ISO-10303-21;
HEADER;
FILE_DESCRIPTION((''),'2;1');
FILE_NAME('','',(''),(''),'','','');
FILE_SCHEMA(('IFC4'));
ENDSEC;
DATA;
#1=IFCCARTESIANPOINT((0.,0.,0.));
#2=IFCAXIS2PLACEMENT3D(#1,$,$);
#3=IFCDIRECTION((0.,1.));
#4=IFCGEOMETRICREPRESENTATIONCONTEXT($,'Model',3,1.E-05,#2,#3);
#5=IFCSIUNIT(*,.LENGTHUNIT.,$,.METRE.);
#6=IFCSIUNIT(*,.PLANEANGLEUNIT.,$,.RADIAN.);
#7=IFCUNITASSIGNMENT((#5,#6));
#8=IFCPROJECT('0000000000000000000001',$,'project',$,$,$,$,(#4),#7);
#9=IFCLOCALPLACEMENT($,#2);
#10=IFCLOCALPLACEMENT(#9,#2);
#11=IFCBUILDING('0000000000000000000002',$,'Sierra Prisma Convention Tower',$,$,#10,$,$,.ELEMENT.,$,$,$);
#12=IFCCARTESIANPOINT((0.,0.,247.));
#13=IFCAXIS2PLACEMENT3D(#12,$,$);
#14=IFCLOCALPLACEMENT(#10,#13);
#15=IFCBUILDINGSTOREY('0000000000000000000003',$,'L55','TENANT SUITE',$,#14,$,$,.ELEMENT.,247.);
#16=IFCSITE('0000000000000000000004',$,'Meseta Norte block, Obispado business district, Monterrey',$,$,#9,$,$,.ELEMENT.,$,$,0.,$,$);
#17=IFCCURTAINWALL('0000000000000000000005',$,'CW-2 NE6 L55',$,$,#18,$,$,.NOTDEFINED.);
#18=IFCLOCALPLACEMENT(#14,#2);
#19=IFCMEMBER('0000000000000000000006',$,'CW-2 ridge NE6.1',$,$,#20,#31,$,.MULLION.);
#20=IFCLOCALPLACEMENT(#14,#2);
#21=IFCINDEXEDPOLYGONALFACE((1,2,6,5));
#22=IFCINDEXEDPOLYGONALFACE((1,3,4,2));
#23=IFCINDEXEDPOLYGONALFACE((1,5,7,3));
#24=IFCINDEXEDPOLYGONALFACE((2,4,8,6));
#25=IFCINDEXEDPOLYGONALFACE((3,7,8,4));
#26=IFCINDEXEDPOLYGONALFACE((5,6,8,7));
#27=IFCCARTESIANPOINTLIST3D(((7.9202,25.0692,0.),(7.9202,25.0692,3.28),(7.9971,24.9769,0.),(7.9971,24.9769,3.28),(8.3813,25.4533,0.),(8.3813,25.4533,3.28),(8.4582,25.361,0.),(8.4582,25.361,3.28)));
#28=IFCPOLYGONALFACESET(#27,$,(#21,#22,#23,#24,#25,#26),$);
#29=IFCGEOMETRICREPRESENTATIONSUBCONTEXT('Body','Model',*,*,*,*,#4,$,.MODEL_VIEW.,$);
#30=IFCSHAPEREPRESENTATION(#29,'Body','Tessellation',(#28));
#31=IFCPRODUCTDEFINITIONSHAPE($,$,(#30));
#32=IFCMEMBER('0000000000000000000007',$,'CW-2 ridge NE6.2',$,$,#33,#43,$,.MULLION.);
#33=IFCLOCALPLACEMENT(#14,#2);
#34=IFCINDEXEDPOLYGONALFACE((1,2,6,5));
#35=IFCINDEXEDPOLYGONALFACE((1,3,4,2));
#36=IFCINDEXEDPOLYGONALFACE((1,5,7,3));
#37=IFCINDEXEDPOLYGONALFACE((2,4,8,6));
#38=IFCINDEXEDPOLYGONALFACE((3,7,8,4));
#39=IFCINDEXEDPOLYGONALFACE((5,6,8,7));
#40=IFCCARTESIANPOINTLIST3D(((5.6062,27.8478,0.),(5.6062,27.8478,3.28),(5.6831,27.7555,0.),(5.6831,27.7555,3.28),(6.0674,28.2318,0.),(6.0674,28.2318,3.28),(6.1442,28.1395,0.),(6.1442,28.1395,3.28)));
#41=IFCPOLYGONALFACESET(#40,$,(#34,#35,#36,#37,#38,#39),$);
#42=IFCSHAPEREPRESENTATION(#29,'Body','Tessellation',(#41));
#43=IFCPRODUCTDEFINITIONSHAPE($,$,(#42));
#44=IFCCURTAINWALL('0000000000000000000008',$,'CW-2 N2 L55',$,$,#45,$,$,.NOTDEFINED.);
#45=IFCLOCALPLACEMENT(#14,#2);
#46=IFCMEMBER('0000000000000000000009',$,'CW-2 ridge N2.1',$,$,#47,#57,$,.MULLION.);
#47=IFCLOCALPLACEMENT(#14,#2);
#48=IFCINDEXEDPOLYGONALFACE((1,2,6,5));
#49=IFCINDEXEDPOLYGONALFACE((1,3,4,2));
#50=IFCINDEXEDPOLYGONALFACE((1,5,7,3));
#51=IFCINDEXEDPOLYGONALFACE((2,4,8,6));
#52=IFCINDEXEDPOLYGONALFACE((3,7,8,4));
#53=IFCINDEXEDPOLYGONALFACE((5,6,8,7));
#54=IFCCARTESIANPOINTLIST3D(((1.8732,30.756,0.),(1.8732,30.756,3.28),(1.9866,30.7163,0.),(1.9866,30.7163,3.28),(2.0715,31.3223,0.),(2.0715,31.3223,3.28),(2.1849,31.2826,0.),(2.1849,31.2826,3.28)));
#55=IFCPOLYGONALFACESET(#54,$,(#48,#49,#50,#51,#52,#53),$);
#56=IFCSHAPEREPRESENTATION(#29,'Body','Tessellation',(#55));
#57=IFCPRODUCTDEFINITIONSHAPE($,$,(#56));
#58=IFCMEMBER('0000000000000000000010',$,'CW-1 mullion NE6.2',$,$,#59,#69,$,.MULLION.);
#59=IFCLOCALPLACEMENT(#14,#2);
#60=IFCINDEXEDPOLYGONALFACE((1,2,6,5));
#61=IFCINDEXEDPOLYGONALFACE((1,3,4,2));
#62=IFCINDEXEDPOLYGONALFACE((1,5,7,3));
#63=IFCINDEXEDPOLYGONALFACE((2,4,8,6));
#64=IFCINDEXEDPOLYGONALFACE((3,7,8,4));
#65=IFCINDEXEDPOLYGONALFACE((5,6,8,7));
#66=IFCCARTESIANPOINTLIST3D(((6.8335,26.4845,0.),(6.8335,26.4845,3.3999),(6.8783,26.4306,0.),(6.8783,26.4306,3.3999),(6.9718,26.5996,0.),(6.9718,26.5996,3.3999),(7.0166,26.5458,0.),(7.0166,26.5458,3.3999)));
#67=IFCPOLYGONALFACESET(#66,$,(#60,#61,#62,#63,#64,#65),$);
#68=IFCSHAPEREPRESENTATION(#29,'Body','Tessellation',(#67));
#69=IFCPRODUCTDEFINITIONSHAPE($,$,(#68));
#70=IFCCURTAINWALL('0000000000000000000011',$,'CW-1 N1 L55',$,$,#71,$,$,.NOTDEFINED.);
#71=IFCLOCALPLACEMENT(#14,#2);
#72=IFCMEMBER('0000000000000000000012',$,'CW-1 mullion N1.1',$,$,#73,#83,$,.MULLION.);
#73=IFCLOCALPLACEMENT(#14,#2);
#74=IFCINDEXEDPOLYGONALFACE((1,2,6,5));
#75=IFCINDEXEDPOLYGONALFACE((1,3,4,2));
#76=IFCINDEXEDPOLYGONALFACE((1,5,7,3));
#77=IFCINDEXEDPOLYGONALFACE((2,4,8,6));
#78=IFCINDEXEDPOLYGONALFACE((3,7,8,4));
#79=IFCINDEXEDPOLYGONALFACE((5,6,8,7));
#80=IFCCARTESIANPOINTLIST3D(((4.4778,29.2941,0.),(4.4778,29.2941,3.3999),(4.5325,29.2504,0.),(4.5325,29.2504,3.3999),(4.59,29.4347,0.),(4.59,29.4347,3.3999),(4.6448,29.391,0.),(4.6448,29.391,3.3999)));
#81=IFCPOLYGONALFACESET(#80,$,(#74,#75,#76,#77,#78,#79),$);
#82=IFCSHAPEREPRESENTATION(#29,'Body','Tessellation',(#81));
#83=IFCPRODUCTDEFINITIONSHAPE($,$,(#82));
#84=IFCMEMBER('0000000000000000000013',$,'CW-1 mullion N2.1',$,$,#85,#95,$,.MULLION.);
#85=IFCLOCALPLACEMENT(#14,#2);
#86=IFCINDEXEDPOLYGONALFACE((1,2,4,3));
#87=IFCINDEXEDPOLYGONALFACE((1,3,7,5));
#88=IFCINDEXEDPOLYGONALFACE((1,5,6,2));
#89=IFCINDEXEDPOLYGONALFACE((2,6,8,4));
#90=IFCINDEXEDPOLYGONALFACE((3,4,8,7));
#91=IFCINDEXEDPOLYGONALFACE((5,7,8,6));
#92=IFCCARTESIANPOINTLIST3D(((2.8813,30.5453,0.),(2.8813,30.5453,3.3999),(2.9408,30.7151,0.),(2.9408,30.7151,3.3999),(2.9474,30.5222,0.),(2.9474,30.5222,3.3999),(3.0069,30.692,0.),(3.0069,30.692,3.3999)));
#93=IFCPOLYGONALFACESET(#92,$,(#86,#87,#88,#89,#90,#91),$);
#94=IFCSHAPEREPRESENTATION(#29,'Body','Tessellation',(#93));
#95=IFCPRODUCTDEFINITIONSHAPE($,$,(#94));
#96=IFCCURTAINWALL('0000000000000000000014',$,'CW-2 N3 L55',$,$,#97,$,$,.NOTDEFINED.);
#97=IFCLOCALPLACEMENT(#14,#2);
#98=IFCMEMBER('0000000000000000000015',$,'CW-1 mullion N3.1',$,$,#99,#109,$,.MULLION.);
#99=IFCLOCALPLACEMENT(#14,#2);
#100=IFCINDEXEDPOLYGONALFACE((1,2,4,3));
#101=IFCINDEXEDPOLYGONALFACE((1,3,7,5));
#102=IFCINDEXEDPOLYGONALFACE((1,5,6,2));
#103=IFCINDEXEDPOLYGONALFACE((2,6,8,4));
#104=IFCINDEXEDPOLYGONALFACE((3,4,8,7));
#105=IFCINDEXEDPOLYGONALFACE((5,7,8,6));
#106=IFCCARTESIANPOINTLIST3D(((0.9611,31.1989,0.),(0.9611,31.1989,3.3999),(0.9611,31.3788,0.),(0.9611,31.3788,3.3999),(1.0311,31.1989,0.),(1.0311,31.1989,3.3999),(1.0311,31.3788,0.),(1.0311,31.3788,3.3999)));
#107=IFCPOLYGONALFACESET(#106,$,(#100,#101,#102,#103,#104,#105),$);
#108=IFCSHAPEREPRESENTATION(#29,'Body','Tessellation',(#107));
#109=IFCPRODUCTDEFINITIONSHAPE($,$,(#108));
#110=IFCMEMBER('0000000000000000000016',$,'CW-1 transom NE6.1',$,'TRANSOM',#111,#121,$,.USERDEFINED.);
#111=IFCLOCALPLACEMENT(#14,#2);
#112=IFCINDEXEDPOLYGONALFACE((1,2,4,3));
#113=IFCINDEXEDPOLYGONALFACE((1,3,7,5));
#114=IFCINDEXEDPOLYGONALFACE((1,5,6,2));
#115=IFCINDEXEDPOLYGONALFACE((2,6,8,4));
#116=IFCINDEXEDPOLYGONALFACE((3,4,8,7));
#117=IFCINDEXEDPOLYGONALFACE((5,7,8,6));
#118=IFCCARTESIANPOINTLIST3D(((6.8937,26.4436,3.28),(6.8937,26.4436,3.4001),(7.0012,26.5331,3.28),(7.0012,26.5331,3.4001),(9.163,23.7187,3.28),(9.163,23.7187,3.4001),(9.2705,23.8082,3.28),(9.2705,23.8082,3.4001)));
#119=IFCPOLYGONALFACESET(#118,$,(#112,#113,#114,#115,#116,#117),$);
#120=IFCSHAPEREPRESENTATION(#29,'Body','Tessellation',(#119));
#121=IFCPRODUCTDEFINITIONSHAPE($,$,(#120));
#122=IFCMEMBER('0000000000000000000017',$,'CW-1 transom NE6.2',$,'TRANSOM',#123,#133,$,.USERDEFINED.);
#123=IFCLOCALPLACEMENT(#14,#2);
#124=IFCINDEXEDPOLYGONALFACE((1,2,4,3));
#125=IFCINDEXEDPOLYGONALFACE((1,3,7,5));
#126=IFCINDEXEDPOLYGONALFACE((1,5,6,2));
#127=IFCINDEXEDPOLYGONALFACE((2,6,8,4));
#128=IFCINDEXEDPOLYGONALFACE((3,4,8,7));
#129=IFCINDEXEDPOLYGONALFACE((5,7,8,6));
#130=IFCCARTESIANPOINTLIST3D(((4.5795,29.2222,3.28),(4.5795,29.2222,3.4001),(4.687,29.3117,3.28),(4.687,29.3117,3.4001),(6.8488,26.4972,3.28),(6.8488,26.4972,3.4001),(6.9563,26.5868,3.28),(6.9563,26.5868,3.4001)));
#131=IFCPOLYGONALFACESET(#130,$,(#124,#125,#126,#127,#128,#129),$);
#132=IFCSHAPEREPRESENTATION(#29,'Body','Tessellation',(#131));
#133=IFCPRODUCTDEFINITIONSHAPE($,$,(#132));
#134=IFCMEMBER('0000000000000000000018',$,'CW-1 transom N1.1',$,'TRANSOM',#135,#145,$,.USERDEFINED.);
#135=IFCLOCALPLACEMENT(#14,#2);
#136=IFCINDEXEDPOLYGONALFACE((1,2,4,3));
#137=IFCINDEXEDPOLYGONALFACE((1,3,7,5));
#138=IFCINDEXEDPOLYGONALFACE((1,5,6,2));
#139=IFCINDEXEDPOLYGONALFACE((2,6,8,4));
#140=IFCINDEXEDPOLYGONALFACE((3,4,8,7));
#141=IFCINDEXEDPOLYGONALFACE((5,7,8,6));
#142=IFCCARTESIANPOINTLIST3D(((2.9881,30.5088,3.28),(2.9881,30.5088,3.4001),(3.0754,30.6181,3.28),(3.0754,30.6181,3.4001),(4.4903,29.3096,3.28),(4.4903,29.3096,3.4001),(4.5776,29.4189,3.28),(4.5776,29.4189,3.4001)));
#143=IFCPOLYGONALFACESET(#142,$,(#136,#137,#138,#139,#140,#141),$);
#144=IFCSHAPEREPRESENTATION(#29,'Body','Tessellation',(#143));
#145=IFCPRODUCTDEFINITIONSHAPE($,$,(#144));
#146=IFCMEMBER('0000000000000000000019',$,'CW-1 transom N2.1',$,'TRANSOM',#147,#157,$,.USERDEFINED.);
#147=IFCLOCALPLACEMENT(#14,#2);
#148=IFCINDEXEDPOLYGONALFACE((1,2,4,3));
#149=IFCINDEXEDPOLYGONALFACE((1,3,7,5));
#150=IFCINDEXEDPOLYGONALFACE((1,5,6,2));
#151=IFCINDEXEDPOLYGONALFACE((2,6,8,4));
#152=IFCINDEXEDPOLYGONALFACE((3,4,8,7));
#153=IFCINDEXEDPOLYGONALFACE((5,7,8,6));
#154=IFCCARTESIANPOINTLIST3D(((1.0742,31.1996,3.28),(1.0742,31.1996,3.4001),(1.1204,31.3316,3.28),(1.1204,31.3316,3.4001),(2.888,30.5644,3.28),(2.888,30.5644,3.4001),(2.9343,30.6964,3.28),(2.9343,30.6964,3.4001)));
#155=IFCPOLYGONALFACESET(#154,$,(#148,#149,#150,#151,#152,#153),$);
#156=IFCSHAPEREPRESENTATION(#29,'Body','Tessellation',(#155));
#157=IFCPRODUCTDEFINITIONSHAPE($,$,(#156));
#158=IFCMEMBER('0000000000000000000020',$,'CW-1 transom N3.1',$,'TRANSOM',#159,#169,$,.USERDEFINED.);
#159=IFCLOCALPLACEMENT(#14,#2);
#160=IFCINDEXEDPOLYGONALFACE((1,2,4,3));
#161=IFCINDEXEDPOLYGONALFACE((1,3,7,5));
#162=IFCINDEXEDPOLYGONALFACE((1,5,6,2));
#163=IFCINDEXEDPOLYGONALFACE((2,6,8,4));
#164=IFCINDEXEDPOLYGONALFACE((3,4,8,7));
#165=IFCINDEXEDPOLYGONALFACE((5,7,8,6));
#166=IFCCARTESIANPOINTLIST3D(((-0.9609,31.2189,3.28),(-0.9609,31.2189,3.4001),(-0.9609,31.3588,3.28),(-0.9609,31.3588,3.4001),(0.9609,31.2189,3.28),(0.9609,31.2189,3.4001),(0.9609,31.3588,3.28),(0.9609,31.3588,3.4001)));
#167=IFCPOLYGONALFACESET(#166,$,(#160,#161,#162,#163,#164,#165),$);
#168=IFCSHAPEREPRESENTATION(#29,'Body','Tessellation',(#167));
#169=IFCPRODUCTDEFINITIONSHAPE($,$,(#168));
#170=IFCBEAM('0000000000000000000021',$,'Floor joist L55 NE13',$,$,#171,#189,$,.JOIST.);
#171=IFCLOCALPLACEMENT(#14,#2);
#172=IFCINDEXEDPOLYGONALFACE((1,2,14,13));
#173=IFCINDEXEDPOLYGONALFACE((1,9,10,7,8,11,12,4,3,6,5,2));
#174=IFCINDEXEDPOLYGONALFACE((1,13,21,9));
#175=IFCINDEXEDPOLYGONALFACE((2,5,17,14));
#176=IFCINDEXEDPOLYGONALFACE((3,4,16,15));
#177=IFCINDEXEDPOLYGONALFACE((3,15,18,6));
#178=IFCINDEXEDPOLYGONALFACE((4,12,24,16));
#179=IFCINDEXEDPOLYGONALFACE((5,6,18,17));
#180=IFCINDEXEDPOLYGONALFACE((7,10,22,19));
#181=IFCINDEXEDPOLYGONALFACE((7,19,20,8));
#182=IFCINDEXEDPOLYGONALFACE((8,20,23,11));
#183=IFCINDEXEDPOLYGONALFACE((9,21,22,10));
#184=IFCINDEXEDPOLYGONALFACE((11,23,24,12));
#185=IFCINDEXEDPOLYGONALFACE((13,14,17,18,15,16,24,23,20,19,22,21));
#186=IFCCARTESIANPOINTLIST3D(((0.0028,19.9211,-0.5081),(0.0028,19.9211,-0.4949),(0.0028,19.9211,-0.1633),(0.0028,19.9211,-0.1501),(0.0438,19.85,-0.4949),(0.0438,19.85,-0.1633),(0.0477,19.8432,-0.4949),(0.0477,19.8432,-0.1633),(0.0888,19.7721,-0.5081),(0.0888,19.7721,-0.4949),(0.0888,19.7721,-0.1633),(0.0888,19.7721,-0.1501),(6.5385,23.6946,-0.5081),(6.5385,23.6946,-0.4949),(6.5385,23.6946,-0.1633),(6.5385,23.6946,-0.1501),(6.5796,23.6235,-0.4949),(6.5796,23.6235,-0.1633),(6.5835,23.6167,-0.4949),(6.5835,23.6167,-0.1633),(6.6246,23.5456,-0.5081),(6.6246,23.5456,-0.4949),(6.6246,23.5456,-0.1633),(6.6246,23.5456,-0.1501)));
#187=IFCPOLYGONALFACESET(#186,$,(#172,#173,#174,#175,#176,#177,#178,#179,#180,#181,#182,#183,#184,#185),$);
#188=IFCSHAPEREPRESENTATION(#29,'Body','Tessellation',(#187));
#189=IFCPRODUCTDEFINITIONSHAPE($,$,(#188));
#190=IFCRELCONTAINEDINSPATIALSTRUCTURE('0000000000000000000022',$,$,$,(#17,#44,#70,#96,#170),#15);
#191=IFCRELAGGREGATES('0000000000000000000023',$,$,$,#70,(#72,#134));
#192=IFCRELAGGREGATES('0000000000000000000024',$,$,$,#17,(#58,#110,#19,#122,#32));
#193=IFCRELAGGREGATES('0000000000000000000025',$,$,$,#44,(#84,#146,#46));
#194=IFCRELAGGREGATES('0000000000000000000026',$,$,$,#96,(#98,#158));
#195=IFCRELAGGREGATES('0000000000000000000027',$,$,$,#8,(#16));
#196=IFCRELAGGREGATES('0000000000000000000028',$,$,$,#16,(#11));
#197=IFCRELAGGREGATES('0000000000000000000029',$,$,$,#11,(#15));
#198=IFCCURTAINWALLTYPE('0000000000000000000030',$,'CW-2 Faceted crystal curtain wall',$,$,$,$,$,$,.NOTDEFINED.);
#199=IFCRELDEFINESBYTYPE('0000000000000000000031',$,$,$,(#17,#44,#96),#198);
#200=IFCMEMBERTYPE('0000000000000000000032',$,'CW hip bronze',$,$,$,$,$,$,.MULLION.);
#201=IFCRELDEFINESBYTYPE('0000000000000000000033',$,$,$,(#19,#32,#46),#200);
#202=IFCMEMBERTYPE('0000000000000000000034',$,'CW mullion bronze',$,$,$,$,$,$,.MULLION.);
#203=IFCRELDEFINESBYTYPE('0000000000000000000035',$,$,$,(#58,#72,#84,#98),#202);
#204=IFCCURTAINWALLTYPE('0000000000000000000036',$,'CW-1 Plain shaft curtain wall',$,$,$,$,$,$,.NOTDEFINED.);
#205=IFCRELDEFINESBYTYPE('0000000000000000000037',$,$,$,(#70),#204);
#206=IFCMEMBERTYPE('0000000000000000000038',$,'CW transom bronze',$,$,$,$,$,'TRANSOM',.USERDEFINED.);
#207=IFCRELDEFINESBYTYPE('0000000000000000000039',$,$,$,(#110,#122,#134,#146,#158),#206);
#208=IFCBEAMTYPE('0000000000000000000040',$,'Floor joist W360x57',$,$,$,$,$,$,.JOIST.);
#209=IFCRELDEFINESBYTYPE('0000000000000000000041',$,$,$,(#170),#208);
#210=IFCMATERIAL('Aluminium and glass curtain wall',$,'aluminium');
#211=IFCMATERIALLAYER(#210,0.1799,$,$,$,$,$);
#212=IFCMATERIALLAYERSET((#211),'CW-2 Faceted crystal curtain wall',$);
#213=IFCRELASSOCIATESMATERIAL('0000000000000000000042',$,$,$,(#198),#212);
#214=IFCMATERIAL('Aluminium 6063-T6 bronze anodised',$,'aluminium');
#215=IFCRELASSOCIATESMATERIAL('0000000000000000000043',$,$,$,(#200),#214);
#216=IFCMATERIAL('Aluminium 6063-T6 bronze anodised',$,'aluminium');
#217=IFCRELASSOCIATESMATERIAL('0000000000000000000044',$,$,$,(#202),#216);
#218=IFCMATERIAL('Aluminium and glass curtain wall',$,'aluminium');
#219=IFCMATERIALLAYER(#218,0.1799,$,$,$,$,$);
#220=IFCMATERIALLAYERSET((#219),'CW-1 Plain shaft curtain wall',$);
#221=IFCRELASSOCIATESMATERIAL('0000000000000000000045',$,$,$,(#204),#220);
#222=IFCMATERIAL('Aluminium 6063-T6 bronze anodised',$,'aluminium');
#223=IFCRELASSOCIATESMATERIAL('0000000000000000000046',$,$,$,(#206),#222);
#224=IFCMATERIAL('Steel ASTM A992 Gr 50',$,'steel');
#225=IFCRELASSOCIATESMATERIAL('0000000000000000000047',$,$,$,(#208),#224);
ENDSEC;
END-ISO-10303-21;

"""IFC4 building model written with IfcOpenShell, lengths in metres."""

from ifc_helpers import new_model, si_unit, direction, frame, origin, origin_2d, place, context, subcontext, project, spatial, rectangle, i_section, extrude, material, layer, layer_set, material_profile, profile_set, type_object, element, aggregate, save


model = new_model("IFC4")

# Units and contexts
model_context = context("Model", 3, precision=1e-05, world=origin(), true_north=direction((0.0, 1.0)))
body_context = subcontext(model_context, "Body", "Model", "MODEL_VIEW")
ifc_project = project(units=[si_unit("LENGTHUNIT", "METRE"), si_unit("PLANEANGLEUNIT", "RADIAN")], contexts=[model_context])

# Site, building, storey
site_placement = place(None, origin())
site = spatial("IfcSite", under=ifc_project, at=site_placement, Name="Meseta Norte block, Obispado business district, Monterrey", CompositionType="ELEMENT", RefElevation=0.0)
building_placement = place(site_placement, origin())
building = spatial("IfcBuilding", under=site, at=building_placement, Name="Sierra Prisma Convention Tower", CompositionType="ELEMENT")
storey_placement = place(building_placement, frame((0.0, 0.0, 247.0)))
storey = spatial("IfcBuildingStorey", under=building, at=storey_placement, Name="L55", Description="TENANT SUITE", CompositionType="ELEMENT", Elevation=247.0)

# Curtain wall, members
ifc_material_1 = material(Name="Aluminium and glass curtain wall", Category="aluminium")
ifc_layer_1 = layer(ifc_material_1, 0.1799)
ifc_layer_set_1 = layer_set([ifc_layer_1], Name="CW-2 Faceted crystal curtain wall")
curtain_wall_type_1 = type_object("IfcCurtainWallType", Name="CW-2 Faceted crystal curtain wall", PredefinedType="NOTDEFINED", material=ifc_layer_set_1)
curtain_wall_1_placement = place(storey_placement, origin())
curtain_wall_1 = element("IfcCurtainWall", 1, at=curtain_wall_1_placement, inside=storey, type_object=curtain_wall_type_1, Name="CW-2 NE6 L55", PredefinedType="NOTDEFINED")
ifc_material_2 = material(Name="Aluminium 6063-T6 bronze anodised", Category="aluminium")
ifc_material_profile_1 = material_profile(ifc_material_2, rectangle(XDim=0.1201, YDim=0.6001, at=origin_2d()), Name="ALU RIDGE BLADE 120x600")
ifc_profile_set_1 = profile_set([ifc_material_profile_1], Name="Aluminium 6063-T6 bronze anodised")
member_type_1 = type_object("IfcMemberType", Name="CW hip bronze", PredefinedType="MULLION", material=ifc_profile_set_1)
member_1_placement = place(storey_placement, frame((8.1892, 25.2151, 0.0), z_axis=(0.0, 0.0, 1.0), x_axis=(-0.639951, 0.768416, 0.0)))
member_1 = element("IfcMember", 2, at=member_1_placement, type_object=member_type_1, Name="CW-2 ridge NE6.1", PredefinedType="MULLION", context=body_context, shape_type="SweptSolid", body=[
    extrude(rectangle(XDim=0.1201, YDim=0.6001, at=origin_2d()), origin(), (0.0, 0.0, 1.0), 3.28),
])
member_2_placement = place(storey_placement, frame((5.8752, 27.9937, 0.0), z_axis=(0.0, 0.0, 1.0), x_axis=(-0.639951, 0.768416, 0.0)))
member_2 = element("IfcMember", 3, at=member_2_placement, type_object=member_type_1, Name="CW-2 ridge NE6.2", PredefinedType="MULLION", context=body_context, shape_type="SweptSolid", body=[
    extrude(rectangle(XDim=0.1201, YDim=0.6001, at=origin_2d()), origin(), (0.0, 0.0, 1.0), 3.28),
])

# Curtain wall, member
curtain_wall_2_placement = place(storey_placement, origin())
curtain_wall_2 = element("IfcCurtainWall", 4, at=curtain_wall_2_placement, inside=storey, type_object=curtain_wall_type_1, Name="CW-2 N2 L55", PredefinedType="NOTDEFINED")
member_3_placement = place(storey_placement, frame((2.0291, 31.0193, 0.0), z_axis=(0.0, 0.0, 1.0), x_axis=(-0.943791, 0.330542, 0.0)))
member_3 = element("IfcMember", 5, at=member_3_placement, type_object=member_type_1, Name="CW-2 ridge N2.1", PredefinedType="MULLION", context=body_context, shape_type="SweptSolid", body=[
    extrude(rectangle(XDim=0.1201, YDim=0.6001, at=origin_2d()), origin(), (0.0, 0.0, 1.0), 3.28),
])

# Member
ifc_material_3 = material(Name="Aluminium 6063-T6 bronze anodised", Category="aluminium")
ifc_material_profile_2 = material_profile(ifc_material_3, rectangle(XDim=0.1799, YDim=0.0701, at=origin_2d()), Name="ALU MULLION 70x180")
ifc_profile_set_2 = profile_set([ifc_material_profile_2], Name="Aluminium 6063-T6 bronze anodised")
member_type_2 = type_object("IfcMemberType", Name="CW mullion bronze", PredefinedType="MULLION", material=ifc_profile_set_2)
member_4_placement = place(storey_placement, frame((6.925, 26.5151, 0.0), z_axis=(0.0, 0.0, 1.0), x_axis=(-0.768416, -0.639951, 0.0)))
member_4 = element("IfcMember", 6, at=member_4_placement, type_object=member_type_2, Name="CW-1 mullion NE6.2", PredefinedType="MULLION", context=body_context, shape_type="SweptSolid", body=[
    extrude(rectangle(XDim=0.1799, YDim=0.0701, at=origin_2d()), origin(), (0.0, 0.0, 1.0), 3.3999),
])

# Curtain wall, member
ifc_material_4 = material(Name="Aluminium and glass curtain wall", Category="aluminium")
ifc_layer_2 = layer(ifc_material_4, 0.1799)
ifc_layer_set_2 = layer_set([ifc_layer_2], Name="CW-1 Plain shaft curtain wall")
curtain_wall_type_2 = type_object("IfcCurtainWallType", Name="CW-1 Plain shaft curtain wall", PredefinedType="NOTDEFINED", material=ifc_layer_set_2)
curtain_wall_3_placement = place(storey_placement, origin())
curtain_wall_3 = element("IfcCurtainWall", 7, at=curtain_wall_3_placement, inside=storey, type_object=curtain_wall_type_2, Name="CW-1 N1 L55", PredefinedType="NOTDEFINED")
member_5_placement = place(storey_placement, frame((4.5613, 29.3425, 0.0), z_axis=(0.0, 0.0, 1.0), x_axis=(-0.623926, -0.781484, 0.0)))
member_5 = element("IfcMember", 8, at=member_5_placement, type_object=member_type_2, Name="CW-1 mullion N1.1", PredefinedType="MULLION", context=body_context, shape_type="SweptSolid", body=[
    extrude(rectangle(XDim=0.1799, YDim=0.0701, at=origin_2d()), origin(), (0.0, 0.0, 1.0), 3.3999),
])

# Member
member_6_placement = place(storey_placement, frame((2.9441, 30.6187, 0.0), z_axis=(0.0, 0.0, 1.0), x_axis=(-0.330542, -0.943791, 0.0)))
member_6 = element("IfcMember", 9, at=member_6_placement, type_object=member_type_2, Name="CW-1 mullion N2.1", PredefinedType="MULLION", context=body_context, shape_type="SweptSolid", body=[
    extrude(rectangle(XDim=0.1799, YDim=0.0701, at=origin_2d()), origin(), (0.0, 0.0, 1.0), 3.3999),
])

# Curtain wall, member
curtain_wall_4_placement = place(storey_placement, origin())
curtain_wall_4 = element("IfcCurtainWall", 10, at=curtain_wall_4_placement, inside=storey, type_object=curtain_wall_type_1, Name="CW-2 N3 L55", PredefinedType="NOTDEFINED")
member_7_placement = place(storey_placement, frame((0.9961, 31.2888, 0.0), z_axis=(0.0, 0.0, 1.0), x_axis=(0.0, -1.0, 0.0)))
member_7 = element("IfcMember", 11, at=member_7_placement, type_object=member_type_2, Name="CW-1 mullion N3.1", PredefinedType="MULLION", context=body_context, shape_type="SweptSolid", body=[
    extrude(rectangle(XDim=0.1799, YDim=0.0701, at=origin_2d()), origin(), (0.0, 0.0, 1.0), 3.3999),
])

# Members
ifc_material_5 = material(Name="Aluminium 6063-T6 bronze anodised", Category="aluminium")
ifc_material_profile_3 = material_profile(ifc_material_5, rectangle(XDim=0.1399, YDim=0.1201, at=origin_2d()), Name="ALU TRANSOM 120x140")
ifc_profile_set_3 = profile_set([ifc_material_profile_3], Name="Aluminium 6063-T6 bronze anodised")
member_type_3 = type_object("IfcMemberType", Name="CW transom bronze", ElementType="TRANSOM", PredefinedType="USERDEFINED", material=ifc_profile_set_3)
member_8_placement = place(storey_placement, frame((9.2168, 23.7634, 3.3401), z_axis=(-0.639947, 0.768419, 0.0), x_axis=(-0.768419, -0.639947, 0.0)))
member_8 = element("IfcMember", 12, at=member_8_placement, type_object=member_type_3, Name="CW-1 transom NE6.1", ObjectType="TRANSOM", PredefinedType="USERDEFINED", context=body_context, shape_type="SweptSolid", body=[
    extrude(rectangle(XDim=0.1399, YDim=0.1201, at=origin_2d()), origin(), (0.0, 0.0, 1.0), 3.5461),
])
member_9_placement = place(storey_placement, frame((6.9026, 26.542, 3.3401), z_axis=(-0.639947, 0.768419, 0.0), x_axis=(-0.768419, -0.639947, 0.0)))
member_9 = element("IfcMember", 13, at=member_9_placement, type_object=member_type_3, Name="CW-1 transom NE6.2", ObjectType="TRANSOM", PredefinedType="USERDEFINED", context=body_context, shape_type="SweptSolid", body=[
    extrude(rectangle(XDim=0.1399, YDim=0.1201, at=origin_2d()), origin(), (0.0, 0.0, 1.0), 3.5461),
])
member_10_placement = place(storey_placement, frame((4.5339, 29.3643, 3.3401), z_axis=(-0.781513, 0.623889, 0.0), x_axis=(-0.623889, -0.781513, 0.0)))
member_10 = element("IfcMember", 14, at=member_10_placement, type_object=member_type_3, Name="CW-1 transom N1.1", ObjectType="TRANSOM", PredefinedType="USERDEFINED", context=body_context, shape_type="SweptSolid", body=[
    extrude(rectangle(XDim=0.1399, YDim=0.1201, at=origin_2d()), origin(), (0.0, 0.0, 1.0), 1.9221),
])
member_11_placement = place(storey_placement, frame((2.9111, 30.6304, 3.3401), z_axis=(-0.943799, 0.33052, 0.0), x_axis=(-0.33052, -0.943799, 0.0)))
member_11 = element("IfcMember", 15, at=member_11_placement, type_object=member_type_3, Name="CW-1 transom N2.1", ObjectType="TRANSOM", PredefinedType="USERDEFINED", context=body_context, shape_type="SweptSolid", body=[
    extrude(rectangle(XDim=0.1399, YDim=0.1201, at=origin_2d()), origin(), (0.0, 0.0, 1.0), 1.9219),
])
member_12_placement = place(storey_placement, frame((0.9609, 31.2888, 3.3401), z_axis=(-1.0, 0.0, 0.0), x_axis=(0.0, -1.0, 0.0)))
member_12 = element("IfcMember", 16, at=member_12_placement, type_object=member_type_3, Name="CW-1 transom N3.1", ObjectType="TRANSOM", PredefinedType="USERDEFINED", context=body_context, shape_type="SweptSolid", body=[
    extrude(rectangle(XDim=0.1399, YDim=0.1201, at=origin_2d()), origin(), (0.0, 0.0, 1.0), 1.9219),
])

# Beam
ifc_material_6 = material(Name="Steel ASTM A992 Gr 50", Category="steel")
ifc_material_profile_4 = material_profile(ifc_material_6, i_section(OverallWidth=0.1721, OverallDepth=0.3579, WebThickness=0.0078, FlangeThickness=0.0132, at=origin_2d()), Name="W360x57")
ifc_profile_set_4 = profile_set([ifc_material_profile_4], Name="Steel ASTM A992 Gr 50")
beam_type_1 = type_object("IfcBeamType", Name="Floor joist W360x57", PredefinedType="JOIST", material=ifc_profile_set_4)
beam_1_placement = place(storey_placement, frame((6.5815, 23.6201, -0.3291), z_axis=(-0.866021, -0.500008, 0.0), x_axis=(0.500008, -0.866021, 0.0)))
element("IfcBeam", 17, at=beam_1_placement, inside=storey, type_object=beam_type_1, Name="Floor joist L55 NE13", PredefinedType="JOIST", context=body_context, shape_type="SweptSolid", body=[
    extrude(i_section(OverallWidth=0.1721, OverallDepth=0.3579, WebThickness=0.0078, FlangeThickness=0.0132, at=origin_2d()), origin(), (0.0, 0.0, 1.0), 7.5469),
])

aggregate(curtain_wall_3, [member_5, member_10])
aggregate(curtain_wall_1, [member_4, member_8, member_1, member_9, member_2])
aggregate(curtain_wall_2, [member_6, member_11, member_3])
aggregate(curtain_wall_4, [member_7, member_12])

save(model, "model.ifc")
